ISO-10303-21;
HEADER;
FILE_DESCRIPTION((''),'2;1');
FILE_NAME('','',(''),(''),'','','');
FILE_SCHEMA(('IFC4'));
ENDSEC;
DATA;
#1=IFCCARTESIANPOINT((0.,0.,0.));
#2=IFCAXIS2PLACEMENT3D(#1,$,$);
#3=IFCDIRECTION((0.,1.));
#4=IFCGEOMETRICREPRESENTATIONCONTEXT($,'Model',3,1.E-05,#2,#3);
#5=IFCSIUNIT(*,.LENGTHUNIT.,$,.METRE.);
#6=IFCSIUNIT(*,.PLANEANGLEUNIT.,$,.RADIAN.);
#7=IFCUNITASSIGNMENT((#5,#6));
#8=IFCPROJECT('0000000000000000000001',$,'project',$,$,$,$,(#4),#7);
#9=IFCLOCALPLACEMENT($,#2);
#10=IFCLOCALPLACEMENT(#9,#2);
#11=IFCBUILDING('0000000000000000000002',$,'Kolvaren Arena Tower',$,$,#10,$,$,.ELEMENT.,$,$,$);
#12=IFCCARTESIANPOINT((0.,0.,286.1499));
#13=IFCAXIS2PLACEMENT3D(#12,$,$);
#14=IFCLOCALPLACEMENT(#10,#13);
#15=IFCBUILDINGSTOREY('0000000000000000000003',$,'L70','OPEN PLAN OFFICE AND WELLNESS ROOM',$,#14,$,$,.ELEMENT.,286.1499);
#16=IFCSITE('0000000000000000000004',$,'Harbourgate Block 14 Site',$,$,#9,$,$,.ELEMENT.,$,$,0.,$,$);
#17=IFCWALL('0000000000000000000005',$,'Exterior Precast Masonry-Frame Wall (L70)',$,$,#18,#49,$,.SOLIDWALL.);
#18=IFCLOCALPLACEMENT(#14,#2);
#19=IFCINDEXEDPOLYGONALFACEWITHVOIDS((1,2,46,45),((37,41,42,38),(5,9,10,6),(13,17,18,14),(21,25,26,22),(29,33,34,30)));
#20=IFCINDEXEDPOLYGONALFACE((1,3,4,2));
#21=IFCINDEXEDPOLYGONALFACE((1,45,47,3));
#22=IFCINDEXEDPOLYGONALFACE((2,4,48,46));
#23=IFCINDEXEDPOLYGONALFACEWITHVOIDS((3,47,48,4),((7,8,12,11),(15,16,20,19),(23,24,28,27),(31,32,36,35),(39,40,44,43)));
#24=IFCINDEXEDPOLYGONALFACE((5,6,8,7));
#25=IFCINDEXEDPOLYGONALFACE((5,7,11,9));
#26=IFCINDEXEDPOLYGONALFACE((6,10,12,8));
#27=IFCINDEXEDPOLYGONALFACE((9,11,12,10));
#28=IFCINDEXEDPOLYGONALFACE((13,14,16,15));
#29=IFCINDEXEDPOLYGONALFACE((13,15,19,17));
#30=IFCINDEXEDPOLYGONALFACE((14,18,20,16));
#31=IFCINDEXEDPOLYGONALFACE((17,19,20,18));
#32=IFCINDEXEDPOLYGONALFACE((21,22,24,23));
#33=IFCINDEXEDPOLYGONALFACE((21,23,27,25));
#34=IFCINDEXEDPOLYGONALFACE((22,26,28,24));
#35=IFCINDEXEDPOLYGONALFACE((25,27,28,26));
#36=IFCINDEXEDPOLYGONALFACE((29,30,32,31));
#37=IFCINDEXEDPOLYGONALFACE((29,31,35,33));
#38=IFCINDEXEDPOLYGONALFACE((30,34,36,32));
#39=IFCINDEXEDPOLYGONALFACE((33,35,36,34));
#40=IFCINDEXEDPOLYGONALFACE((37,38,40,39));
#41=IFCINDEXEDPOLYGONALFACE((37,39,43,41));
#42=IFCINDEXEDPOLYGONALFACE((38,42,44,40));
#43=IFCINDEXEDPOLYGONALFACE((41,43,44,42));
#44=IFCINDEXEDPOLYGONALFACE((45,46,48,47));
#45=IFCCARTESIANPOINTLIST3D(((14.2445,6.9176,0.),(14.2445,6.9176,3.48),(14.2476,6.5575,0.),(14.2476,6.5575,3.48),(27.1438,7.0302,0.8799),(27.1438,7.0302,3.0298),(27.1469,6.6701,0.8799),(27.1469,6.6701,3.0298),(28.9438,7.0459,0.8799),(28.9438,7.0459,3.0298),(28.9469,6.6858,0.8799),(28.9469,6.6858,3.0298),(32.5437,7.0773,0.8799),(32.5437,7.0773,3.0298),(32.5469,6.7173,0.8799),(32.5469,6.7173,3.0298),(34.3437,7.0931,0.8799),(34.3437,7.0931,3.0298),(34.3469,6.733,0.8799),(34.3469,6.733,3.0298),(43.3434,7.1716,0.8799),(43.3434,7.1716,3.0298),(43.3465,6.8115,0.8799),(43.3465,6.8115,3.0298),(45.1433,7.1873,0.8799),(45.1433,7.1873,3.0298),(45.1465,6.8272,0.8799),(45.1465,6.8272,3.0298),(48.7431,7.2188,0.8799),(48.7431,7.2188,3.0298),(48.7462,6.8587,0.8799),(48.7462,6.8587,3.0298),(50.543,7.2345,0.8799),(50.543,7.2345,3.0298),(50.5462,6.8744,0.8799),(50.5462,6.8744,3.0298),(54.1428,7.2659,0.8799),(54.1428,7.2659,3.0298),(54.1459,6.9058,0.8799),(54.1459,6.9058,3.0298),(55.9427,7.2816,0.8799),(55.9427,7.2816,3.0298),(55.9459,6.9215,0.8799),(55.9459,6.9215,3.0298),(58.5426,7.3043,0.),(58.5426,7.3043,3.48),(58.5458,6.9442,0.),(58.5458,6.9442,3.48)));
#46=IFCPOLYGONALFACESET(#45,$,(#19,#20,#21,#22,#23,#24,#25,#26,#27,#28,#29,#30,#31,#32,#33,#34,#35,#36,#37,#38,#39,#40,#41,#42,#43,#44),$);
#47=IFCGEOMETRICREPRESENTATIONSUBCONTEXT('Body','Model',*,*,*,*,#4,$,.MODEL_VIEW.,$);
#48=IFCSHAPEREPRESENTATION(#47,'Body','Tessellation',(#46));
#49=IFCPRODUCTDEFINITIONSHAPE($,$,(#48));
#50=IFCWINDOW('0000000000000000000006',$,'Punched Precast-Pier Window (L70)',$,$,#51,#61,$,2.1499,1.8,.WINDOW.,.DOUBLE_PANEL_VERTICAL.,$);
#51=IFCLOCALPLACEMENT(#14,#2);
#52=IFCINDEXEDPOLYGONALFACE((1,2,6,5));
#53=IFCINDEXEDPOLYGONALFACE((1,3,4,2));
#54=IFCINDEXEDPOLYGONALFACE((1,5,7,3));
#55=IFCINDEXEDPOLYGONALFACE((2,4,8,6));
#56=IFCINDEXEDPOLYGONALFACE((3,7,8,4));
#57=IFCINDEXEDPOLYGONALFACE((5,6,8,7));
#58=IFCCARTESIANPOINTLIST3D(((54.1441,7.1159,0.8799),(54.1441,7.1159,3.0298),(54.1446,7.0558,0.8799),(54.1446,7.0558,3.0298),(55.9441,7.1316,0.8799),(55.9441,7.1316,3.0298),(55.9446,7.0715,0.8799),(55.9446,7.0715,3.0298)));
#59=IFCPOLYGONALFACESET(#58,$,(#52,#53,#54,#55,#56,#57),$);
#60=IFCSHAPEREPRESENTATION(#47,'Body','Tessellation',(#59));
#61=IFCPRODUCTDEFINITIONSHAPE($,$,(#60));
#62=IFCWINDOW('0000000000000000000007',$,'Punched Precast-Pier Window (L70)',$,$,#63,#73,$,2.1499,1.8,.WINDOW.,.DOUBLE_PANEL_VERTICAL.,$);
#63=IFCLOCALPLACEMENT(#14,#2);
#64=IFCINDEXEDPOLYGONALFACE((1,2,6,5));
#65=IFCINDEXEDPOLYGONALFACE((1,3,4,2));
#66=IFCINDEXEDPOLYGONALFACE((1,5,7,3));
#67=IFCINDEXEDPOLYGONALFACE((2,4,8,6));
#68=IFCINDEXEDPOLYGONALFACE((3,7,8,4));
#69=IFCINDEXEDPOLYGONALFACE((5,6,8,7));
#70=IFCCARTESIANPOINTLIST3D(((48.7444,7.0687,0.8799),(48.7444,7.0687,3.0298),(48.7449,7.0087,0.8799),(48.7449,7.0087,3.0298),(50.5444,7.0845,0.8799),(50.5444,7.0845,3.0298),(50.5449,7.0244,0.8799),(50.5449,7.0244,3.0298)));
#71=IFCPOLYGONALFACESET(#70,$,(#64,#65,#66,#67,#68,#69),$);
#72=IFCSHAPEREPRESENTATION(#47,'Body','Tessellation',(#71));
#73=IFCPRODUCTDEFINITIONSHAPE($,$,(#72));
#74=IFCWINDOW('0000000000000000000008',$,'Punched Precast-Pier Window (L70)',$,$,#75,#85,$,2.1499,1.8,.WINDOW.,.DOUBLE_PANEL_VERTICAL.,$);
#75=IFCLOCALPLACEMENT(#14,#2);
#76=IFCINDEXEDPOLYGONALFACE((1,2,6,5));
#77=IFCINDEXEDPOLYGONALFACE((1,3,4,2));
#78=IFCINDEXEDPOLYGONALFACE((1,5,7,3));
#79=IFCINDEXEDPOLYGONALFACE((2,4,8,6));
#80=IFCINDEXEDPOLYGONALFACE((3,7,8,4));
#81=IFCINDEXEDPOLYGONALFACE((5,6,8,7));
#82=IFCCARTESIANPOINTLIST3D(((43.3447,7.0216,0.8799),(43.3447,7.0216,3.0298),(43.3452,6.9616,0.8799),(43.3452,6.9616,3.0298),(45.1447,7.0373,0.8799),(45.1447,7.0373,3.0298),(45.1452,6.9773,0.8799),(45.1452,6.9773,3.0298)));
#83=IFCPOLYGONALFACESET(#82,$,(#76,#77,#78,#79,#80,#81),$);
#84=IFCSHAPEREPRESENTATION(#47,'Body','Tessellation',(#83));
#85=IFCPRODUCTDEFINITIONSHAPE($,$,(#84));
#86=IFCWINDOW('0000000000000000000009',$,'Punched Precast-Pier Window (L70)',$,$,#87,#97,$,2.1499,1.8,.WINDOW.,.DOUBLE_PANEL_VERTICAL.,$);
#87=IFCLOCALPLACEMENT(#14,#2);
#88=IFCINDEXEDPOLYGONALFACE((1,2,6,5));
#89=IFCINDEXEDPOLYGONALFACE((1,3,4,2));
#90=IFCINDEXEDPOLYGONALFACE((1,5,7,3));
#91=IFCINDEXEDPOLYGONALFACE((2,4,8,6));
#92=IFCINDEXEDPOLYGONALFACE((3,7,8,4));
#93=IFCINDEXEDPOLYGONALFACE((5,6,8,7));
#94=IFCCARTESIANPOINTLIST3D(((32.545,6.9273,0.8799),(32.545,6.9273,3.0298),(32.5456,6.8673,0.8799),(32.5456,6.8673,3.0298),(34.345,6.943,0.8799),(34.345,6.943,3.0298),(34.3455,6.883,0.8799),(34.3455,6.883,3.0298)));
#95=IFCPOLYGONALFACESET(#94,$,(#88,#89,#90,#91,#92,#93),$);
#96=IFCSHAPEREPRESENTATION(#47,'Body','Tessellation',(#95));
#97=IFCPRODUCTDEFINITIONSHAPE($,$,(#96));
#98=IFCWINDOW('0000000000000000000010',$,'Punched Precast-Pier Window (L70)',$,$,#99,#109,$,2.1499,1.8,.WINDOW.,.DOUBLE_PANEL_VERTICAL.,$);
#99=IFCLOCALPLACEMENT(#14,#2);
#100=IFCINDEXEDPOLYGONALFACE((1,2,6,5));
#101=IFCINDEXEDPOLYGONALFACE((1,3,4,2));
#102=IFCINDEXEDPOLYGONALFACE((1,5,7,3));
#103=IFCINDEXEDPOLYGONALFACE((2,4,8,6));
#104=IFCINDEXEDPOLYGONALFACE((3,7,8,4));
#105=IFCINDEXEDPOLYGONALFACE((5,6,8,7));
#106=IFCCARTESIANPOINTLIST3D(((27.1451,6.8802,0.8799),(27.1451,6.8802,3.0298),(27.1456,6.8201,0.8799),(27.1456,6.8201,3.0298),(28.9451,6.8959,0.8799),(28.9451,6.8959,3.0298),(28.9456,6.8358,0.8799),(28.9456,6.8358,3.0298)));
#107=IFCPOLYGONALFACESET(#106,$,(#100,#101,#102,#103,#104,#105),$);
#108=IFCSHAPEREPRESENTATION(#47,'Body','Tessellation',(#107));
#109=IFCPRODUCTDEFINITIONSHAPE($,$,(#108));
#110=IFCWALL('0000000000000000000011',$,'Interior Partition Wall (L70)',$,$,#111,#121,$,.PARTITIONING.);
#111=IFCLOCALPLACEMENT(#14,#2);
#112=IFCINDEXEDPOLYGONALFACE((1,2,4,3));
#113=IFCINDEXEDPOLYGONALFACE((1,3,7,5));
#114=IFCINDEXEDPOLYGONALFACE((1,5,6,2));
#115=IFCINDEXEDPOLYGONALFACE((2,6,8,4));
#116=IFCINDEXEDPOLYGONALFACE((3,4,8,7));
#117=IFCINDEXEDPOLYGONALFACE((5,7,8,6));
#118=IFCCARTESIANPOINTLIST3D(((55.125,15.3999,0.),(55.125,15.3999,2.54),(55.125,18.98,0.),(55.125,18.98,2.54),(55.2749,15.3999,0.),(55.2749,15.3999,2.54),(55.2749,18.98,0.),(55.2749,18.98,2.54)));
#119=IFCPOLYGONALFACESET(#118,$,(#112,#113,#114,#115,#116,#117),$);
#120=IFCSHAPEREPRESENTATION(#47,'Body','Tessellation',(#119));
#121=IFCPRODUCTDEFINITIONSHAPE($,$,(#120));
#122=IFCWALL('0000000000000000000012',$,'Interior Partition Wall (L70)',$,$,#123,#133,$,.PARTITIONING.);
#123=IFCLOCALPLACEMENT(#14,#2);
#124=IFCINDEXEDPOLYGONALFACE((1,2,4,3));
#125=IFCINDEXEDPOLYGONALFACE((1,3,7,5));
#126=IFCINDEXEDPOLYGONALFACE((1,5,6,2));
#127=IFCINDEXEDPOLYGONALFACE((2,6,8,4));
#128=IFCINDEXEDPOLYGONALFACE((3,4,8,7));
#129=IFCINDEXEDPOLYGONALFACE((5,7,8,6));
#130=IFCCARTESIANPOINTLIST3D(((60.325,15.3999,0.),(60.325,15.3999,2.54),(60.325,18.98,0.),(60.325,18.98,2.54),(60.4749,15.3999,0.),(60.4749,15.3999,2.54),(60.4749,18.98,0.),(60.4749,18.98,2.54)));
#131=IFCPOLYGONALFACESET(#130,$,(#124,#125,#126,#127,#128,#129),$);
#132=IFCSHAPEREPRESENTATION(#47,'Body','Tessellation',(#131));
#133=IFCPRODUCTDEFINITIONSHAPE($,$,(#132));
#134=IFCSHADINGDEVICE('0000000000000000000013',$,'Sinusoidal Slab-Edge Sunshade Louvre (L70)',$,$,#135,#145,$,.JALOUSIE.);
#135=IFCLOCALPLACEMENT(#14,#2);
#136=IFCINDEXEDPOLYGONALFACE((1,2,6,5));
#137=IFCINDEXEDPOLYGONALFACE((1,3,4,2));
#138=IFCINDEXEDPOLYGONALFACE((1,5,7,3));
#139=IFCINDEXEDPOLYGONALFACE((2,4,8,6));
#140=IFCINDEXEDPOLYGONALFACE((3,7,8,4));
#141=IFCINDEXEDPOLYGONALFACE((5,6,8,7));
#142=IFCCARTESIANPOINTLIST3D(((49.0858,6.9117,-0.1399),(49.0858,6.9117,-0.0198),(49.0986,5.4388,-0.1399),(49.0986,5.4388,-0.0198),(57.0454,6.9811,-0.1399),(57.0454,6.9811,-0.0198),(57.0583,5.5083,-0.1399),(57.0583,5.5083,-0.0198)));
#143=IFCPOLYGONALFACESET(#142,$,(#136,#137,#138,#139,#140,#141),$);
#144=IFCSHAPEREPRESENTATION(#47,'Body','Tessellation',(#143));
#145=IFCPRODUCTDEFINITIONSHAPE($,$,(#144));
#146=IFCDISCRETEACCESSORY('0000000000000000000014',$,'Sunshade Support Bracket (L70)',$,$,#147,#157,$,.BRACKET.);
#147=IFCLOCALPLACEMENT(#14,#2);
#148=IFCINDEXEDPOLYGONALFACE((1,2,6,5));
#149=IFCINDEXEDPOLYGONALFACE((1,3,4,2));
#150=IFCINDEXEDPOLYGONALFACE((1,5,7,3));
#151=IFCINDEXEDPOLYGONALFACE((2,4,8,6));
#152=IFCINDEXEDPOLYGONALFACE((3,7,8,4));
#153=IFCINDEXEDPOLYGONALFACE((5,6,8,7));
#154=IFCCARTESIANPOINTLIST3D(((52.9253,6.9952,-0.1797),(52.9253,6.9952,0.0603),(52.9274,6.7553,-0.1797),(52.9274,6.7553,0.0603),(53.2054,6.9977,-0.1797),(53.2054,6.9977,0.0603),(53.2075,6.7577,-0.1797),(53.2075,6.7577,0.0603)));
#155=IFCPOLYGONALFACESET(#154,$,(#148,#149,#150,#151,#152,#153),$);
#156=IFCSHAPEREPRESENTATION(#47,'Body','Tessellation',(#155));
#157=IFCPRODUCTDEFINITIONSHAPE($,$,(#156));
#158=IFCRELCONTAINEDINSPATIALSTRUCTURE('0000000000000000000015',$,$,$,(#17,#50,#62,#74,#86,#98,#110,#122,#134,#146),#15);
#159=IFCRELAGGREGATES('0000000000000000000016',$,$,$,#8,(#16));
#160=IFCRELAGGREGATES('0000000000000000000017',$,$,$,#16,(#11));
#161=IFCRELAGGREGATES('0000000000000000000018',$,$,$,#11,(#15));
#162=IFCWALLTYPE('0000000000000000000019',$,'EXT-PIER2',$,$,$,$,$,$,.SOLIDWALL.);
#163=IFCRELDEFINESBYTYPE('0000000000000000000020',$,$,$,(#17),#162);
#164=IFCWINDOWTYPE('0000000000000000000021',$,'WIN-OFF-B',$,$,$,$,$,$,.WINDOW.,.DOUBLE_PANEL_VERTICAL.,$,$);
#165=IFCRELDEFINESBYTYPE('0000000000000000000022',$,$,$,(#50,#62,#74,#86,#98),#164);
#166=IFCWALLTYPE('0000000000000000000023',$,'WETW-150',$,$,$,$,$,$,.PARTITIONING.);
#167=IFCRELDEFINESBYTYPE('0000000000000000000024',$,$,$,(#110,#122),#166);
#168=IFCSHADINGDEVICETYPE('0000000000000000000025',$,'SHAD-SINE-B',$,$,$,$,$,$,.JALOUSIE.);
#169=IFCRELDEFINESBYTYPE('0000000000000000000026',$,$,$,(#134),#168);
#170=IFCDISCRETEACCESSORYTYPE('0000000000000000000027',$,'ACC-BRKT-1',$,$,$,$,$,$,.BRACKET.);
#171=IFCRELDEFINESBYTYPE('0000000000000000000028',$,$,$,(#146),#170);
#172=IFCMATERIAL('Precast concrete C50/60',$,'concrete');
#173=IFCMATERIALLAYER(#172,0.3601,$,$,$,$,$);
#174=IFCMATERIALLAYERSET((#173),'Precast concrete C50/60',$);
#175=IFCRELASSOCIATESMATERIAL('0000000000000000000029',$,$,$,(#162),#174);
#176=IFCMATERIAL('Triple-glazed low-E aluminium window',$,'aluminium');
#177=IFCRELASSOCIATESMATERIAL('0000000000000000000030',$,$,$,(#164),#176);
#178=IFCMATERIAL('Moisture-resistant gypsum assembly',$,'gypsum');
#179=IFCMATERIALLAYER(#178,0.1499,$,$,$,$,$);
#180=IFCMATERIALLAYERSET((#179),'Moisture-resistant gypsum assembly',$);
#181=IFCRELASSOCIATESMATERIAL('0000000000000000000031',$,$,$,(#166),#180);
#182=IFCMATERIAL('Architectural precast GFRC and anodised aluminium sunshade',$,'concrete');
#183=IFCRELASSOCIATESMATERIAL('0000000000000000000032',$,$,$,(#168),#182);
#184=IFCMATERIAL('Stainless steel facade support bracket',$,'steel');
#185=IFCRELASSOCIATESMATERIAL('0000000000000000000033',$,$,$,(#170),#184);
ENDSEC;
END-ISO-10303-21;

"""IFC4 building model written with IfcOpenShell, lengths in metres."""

from ifc_helpers import new_model, si_unit, direction, frame, frame_2d, origin, origin_2d, place, context, subcontext, project, spatial, rectangle, extrude, material, layer, layer_set, type_object, element, fill, save


model = new_model("IFC4")

# Units and contexts
model_context = context("Model", 3, precision=1e-05, world=origin(), true_north=direction((0.0, 1.0)))
body_context = subcontext(model_context, "Body", "Model", "MODEL_VIEW")
ifc_project = project(units=[si_unit("LENGTHUNIT", "METRE"), si_unit("PLANEANGLEUNIT", "RADIAN")], contexts=[model_context])

# Site, building, storey
site_placement = place(None, origin())
site = spatial("IfcSite", under=ifc_project, at=site_placement, Name="Harbourgate Block 14 Site", CompositionType="ELEMENT", RefElevation=0.0)
building_placement = place(site_placement, origin())
building = spatial("IfcBuilding", under=site, at=building_placement, Name="Kolvaren Arena Tower", CompositionType="ELEMENT")
storey_placement = place(building_placement, frame((0.0, 0.0, 286.1499)))
storey = spatial("IfcBuildingStorey", under=building, at=storey_placement, Name="L70", Description="OPEN PLAN OFFICE AND WELLNESS ROOM", CompositionType="ELEMENT", Elevation=286.1499)

# Shared definitions
ifc_material_1 = material(Name="Precast concrete C50/60", Category="concrete")

# Shared definitions
ifc_layer_1 = layer(ifc_material_1, 0.3601)
ifc_layer_set_1 = layer_set([ifc_layer_1], Name="Precast concrete C50/60")
wall_type_1 = type_object("IfcWallType", Name="EXT-PIER2", PredefinedType="SOLIDWALL", material=ifc_layer_set_1)

# Wall, openings, windows
wall_1_placement = place(storey_placement, frame((58.5442, 7.1243, 0.0), z_axis=(0.0, 0.0, 1.0), x_axis=(-0.999962, -0.00873, 0.0)))
wall_1 = element("IfcWall", 1, at=wall_1_placement, inside=storey, type_object=wall_type_1, Name="Exterior Precast Masonry-Frame Wall (L70)", PredefinedType="SOLIDWALL", context=body_context, shape_type="SweptSolid", body=[
    extrude(rectangle(XDim=44.2998, YDim=0.3601, at=frame_2d((22.1499, 0.0))), origin(), (0.0, 0.0, 1.0), 3.48),
])
opening_1_placement = place(wall_1_placement, frame((2.6001, 0.0, 0.8799)))
opening_1 = element("IfcOpeningElement", 2, at=opening_1_placement, cuts=wall_1, PredefinedType="OPENING", context=body_context, shape_type="SweptSolid", body=[
    extrude(rectangle(XDim=1.8, YDim=2.1499, at=frame_2d((0.8999, 1.075))), frame((0.0, 0.1899, 0.0), z_axis=(0.0, -1.0, 0.0), x_axis=(1.0, 0.0, 0.0)), (0.0, 0.0, 1.0), 0.3801),
])
opening_2_placement = place(wall_1_placement, frame((8.0, 0.0, 0.8799)))
opening_2 = element("IfcOpeningElement", 3, at=opening_2_placement, cuts=wall_1, PredefinedType="OPENING", context=body_context, shape_type="SweptSolid", body=[
    extrude(rectangle(XDim=1.8, YDim=2.1499, at=frame_2d((0.8999, 1.075))), frame((0.0, 0.1899, 0.0), z_axis=(0.0, -1.0, 0.0), x_axis=(1.0, 0.0, 0.0)), (0.0, 0.0, 1.0), 0.3801),
])
opening_3_placement = place(wall_1_placement, frame((13.3999, 0.0, 0.8799)))
opening_3 = element("IfcOpeningElement", 4, at=opening_3_placement, cuts=wall_1, PredefinedType="OPENING", context=body_context, shape_type="SweptSolid", body=[
    extrude(rectangle(XDim=1.8, YDim=2.1499, at=frame_2d((0.8999, 1.075))), frame((0.0, 0.1899, 0.0), z_axis=(0.0, -1.0, 0.0), x_axis=(1.0, 0.0, 0.0)), (0.0, 0.0, 1.0), 0.3801),
])
opening_4_placement = place(wall_1_placement, frame((24.2, 0.0, 0.8799)))
opening_4 = element("IfcOpeningElement", 5, at=opening_4_placement, cuts=wall_1, PredefinedType="OPENING", context=body_context, shape_type="SweptSolid", body=[
    extrude(rectangle(XDim=1.8, YDim=2.1499, at=frame_2d((0.8999, 1.075))), frame((0.0, 0.1899, 0.0), z_axis=(0.0, -1.0, 0.0), x_axis=(1.0, 0.0, 0.0)), (0.0, 0.0, 1.0), 0.3801),
])
opening_5_placement = place(wall_1_placement, frame((29.6001, 0.0, 0.8799)))
opening_5 = element("IfcOpeningElement", 6, at=opening_5_placement, cuts=wall_1, PredefinedType="OPENING", context=body_context, shape_type="SweptSolid", body=[
    extrude(rectangle(XDim=1.8, YDim=2.1499, at=frame_2d((0.8999, 1.075))), frame((0.0, 0.1899, 0.0), z_axis=(0.0, -1.0, 0.0), x_axis=(1.0, 0.0, 0.0)), (0.0, 0.0, 1.0), 0.3801),
])
ifc_material_2 = material(Name="Triple-glazed low-E aluminium window", Category="aluminium")
window_type = type_object("IfcWindowType", Name="WIN-OFF-B", PartitioningType="DOUBLE_PANEL_VERTICAL", PredefinedType="WINDOW", material=ifc_material_2)
window_1_placement = place(opening_1_placement, origin())
window_1 = element("IfcWindow", 7, at=window_1_placement, inside=storey, type_object=window_type, Name="Punched Precast-Pier Window (L70)", OverallHeight=2.1499, OverallWidth=1.8, PartitioningType="DOUBLE_PANEL_VERTICAL", PredefinedType="WINDOW", context=body_context, shape_type="SweptSolid", body=[
    extrude(rectangle(XDim=1.8, YDim=2.1499, at=frame_2d((0.8999, 1.075))), frame((0.0, 0.03, 0.0), z_axis=(0.0, -1.0, 0.0), x_axis=(1.0, 0.0, 0.0)), (0.0, 0.0, 1.0), 0.0601),
])
fill(opening_1, window_1)
window_2_placement = place(opening_2_placement, origin())
window_2 = element("IfcWindow", 8, at=window_2_placement, inside=storey, type_object=window_type, Name="Punched Precast-Pier Window (L70)", OverallHeight=2.1499, OverallWidth=1.8, PartitioningType="DOUBLE_PANEL_VERTICAL", PredefinedType="WINDOW", context=body_context, shape_type="SweptSolid", body=[
    extrude(rectangle(XDim=1.8, YDim=2.1499, at=frame_2d((0.8999, 1.075))), frame((0.0, 0.03, 0.0), z_axis=(0.0, -1.0, 0.0), x_axis=(1.0, 0.0, 0.0)), (0.0, 0.0, 1.0), 0.0601),
])
fill(opening_2, window_2)
window_3_placement = place(opening_3_placement, origin())
window_3 = element("IfcWindow", 9, at=window_3_placement, inside=storey, type_object=window_type, Name="Punched Precast-Pier Window (L70)", OverallHeight=2.1499, OverallWidth=1.8, PartitioningType="DOUBLE_PANEL_VERTICAL", PredefinedType="WINDOW", context=body_context, shape_type="SweptSolid", body=[
    extrude(rectangle(XDim=1.8, YDim=2.1499, at=frame_2d((0.8999, 1.075))), frame((0.0, 0.03, 0.0), z_axis=(0.0, -1.0, 0.0), x_axis=(1.0, 0.0, 0.0)), (0.0, 0.0, 1.0), 0.0601),
])
fill(opening_3, window_3)
window_4_placement = place(opening_4_placement, origin())
window_4 = element("IfcWindow", 10, at=window_4_placement, inside=storey, type_object=window_type, Name="Punched Precast-Pier Window (L70)", OverallHeight=2.1499, OverallWidth=1.8, PartitioningType="DOUBLE_PANEL_VERTICAL", PredefinedType="WINDOW", context=body_context, shape_type="SweptSolid", body=[
    extrude(rectangle(XDim=1.8, YDim=2.1499, at=frame_2d((0.8999, 1.075))), frame((0.0, 0.03, 0.0), z_axis=(0.0, -1.0, 0.0), x_axis=(1.0, 0.0, 0.0)), (0.0, 0.0, 1.0), 0.0601),
])
fill(opening_4, window_4)
window_5_placement = place(opening_5_placement, origin())
window_5 = element("IfcWindow", 11, at=window_5_placement, inside=storey, type_object=window_type, Name="Punched Precast-Pier Window (L70)", OverallHeight=2.1499, OverallWidth=1.8, PartitioningType="DOUBLE_PANEL_VERTICAL", PredefinedType="WINDOW", context=body_context, shape_type="SweptSolid", body=[
    extrude(rectangle(XDim=1.8, YDim=2.1499, at=frame_2d((0.8999, 1.075))), frame((0.0, 0.03, 0.0), z_axis=(0.0, -1.0, 0.0), x_axis=(1.0, 0.0, 0.0)), (0.0, 0.0, 1.0), 0.0601),
])
fill(opening_5, window_5)

# Walls
ifc_material_3 = material(Name="Moisture-resistant gypsum assembly", Category="gypsum")
ifc_layer_2 = layer(ifc_material_3, 0.1499)
ifc_layer_set_2 = layer_set([ifc_layer_2], Name="Moisture-resistant gypsum assembly")
wall_type_2 = type_object("IfcWallType", Name="WETW-150", PredefinedType="PARTITIONING", material=ifc_layer_set_2)
for number, where, z_axis, x_axis, name in (
    (12, (55.2, 15.3999, 0.0), (0.0, 0.0, 1.0), (0.0, 1.0, 0.0), "Interior Partition Wall (L70)"),
    (13, (60.3999, 15.3999, 0.0), (0.0, 0.0, 1.0), (0.0, 1.0, 0.0), "Interior Partition Wall (L70)"),
):
    element("IfcWall", number, at=place(storey_placement, frame(where, z_axis=z_axis, x_axis=x_axis)), inside=storey, type_object=wall_type_2, Name=name, PredefinedType="PARTITIONING", context=body_context, shape_type="SweptSolid", body=[
        extrude(rectangle(XDim=3.5801, YDim=0.1499, at=frame_2d((1.79, 0.0))), origin(), (0.0, 0.0, 1.0), 2.54),
    ])

# Shading device
ifc_material_4 = material(Name="Architectural precast GFRC and anodised aluminium sunshade", Category="concrete")
shading_device_type = type_object("IfcShadingDeviceType", Name="SHAD-SINE-B", PredefinedType="JALOUSIE", material=ifc_material_4)
shading_device_placement = place(storey_placement, frame((53.072, 6.21, -0.1399), z_axis=(0.0, 0.0, 1.0), x_axis=(-0.999962, -0.008727, 0.0)))
element("IfcShadingDevice", 14, at=shading_device_placement, inside=storey, type_object=shading_device_type, Name="Sinusoidal Slab-Edge Sunshade Louvre (L70)", PredefinedType="JALOUSIE", context=body_context, shape_type="SweptSolid", body=[
    extrude(rectangle(XDim=7.96, YDim=1.4729, at=origin_2d()), origin(), (0.0, 0.0, 1.0), 0.1201),
])

# Discrete accessory
ifc_material_5 = material(Name="Stainless steel facade support bracket", Category="steel")
discrete_accessory_type = type_object("IfcDiscreteAccessoryType", Name="ACC-BRKT-1", PredefinedType="BRACKET", material=ifc_material_5)
discrete_accessory_placement = place(storey_placement, frame((53.0664, 6.8765, -0.1797), z_axis=(0.0, 0.0, 1.0), x_axis=(-0.999962, -0.008727, 0.0)))
element("IfcDiscreteAccessory", 15, at=discrete_accessory_placement, inside=storey, type_object=discrete_accessory_type, Name="Sunshade Support Bracket (L70)", PredefinedType="BRACKET", context=body_context, shape_type="SweptSolid", body=[
    extrude(rectangle(XDim=0.28, YDim=0.24, at=origin_2d()), origin(), (0.0, 0.0, 1.0), 0.24),
])

save(model, "model.ifc")
